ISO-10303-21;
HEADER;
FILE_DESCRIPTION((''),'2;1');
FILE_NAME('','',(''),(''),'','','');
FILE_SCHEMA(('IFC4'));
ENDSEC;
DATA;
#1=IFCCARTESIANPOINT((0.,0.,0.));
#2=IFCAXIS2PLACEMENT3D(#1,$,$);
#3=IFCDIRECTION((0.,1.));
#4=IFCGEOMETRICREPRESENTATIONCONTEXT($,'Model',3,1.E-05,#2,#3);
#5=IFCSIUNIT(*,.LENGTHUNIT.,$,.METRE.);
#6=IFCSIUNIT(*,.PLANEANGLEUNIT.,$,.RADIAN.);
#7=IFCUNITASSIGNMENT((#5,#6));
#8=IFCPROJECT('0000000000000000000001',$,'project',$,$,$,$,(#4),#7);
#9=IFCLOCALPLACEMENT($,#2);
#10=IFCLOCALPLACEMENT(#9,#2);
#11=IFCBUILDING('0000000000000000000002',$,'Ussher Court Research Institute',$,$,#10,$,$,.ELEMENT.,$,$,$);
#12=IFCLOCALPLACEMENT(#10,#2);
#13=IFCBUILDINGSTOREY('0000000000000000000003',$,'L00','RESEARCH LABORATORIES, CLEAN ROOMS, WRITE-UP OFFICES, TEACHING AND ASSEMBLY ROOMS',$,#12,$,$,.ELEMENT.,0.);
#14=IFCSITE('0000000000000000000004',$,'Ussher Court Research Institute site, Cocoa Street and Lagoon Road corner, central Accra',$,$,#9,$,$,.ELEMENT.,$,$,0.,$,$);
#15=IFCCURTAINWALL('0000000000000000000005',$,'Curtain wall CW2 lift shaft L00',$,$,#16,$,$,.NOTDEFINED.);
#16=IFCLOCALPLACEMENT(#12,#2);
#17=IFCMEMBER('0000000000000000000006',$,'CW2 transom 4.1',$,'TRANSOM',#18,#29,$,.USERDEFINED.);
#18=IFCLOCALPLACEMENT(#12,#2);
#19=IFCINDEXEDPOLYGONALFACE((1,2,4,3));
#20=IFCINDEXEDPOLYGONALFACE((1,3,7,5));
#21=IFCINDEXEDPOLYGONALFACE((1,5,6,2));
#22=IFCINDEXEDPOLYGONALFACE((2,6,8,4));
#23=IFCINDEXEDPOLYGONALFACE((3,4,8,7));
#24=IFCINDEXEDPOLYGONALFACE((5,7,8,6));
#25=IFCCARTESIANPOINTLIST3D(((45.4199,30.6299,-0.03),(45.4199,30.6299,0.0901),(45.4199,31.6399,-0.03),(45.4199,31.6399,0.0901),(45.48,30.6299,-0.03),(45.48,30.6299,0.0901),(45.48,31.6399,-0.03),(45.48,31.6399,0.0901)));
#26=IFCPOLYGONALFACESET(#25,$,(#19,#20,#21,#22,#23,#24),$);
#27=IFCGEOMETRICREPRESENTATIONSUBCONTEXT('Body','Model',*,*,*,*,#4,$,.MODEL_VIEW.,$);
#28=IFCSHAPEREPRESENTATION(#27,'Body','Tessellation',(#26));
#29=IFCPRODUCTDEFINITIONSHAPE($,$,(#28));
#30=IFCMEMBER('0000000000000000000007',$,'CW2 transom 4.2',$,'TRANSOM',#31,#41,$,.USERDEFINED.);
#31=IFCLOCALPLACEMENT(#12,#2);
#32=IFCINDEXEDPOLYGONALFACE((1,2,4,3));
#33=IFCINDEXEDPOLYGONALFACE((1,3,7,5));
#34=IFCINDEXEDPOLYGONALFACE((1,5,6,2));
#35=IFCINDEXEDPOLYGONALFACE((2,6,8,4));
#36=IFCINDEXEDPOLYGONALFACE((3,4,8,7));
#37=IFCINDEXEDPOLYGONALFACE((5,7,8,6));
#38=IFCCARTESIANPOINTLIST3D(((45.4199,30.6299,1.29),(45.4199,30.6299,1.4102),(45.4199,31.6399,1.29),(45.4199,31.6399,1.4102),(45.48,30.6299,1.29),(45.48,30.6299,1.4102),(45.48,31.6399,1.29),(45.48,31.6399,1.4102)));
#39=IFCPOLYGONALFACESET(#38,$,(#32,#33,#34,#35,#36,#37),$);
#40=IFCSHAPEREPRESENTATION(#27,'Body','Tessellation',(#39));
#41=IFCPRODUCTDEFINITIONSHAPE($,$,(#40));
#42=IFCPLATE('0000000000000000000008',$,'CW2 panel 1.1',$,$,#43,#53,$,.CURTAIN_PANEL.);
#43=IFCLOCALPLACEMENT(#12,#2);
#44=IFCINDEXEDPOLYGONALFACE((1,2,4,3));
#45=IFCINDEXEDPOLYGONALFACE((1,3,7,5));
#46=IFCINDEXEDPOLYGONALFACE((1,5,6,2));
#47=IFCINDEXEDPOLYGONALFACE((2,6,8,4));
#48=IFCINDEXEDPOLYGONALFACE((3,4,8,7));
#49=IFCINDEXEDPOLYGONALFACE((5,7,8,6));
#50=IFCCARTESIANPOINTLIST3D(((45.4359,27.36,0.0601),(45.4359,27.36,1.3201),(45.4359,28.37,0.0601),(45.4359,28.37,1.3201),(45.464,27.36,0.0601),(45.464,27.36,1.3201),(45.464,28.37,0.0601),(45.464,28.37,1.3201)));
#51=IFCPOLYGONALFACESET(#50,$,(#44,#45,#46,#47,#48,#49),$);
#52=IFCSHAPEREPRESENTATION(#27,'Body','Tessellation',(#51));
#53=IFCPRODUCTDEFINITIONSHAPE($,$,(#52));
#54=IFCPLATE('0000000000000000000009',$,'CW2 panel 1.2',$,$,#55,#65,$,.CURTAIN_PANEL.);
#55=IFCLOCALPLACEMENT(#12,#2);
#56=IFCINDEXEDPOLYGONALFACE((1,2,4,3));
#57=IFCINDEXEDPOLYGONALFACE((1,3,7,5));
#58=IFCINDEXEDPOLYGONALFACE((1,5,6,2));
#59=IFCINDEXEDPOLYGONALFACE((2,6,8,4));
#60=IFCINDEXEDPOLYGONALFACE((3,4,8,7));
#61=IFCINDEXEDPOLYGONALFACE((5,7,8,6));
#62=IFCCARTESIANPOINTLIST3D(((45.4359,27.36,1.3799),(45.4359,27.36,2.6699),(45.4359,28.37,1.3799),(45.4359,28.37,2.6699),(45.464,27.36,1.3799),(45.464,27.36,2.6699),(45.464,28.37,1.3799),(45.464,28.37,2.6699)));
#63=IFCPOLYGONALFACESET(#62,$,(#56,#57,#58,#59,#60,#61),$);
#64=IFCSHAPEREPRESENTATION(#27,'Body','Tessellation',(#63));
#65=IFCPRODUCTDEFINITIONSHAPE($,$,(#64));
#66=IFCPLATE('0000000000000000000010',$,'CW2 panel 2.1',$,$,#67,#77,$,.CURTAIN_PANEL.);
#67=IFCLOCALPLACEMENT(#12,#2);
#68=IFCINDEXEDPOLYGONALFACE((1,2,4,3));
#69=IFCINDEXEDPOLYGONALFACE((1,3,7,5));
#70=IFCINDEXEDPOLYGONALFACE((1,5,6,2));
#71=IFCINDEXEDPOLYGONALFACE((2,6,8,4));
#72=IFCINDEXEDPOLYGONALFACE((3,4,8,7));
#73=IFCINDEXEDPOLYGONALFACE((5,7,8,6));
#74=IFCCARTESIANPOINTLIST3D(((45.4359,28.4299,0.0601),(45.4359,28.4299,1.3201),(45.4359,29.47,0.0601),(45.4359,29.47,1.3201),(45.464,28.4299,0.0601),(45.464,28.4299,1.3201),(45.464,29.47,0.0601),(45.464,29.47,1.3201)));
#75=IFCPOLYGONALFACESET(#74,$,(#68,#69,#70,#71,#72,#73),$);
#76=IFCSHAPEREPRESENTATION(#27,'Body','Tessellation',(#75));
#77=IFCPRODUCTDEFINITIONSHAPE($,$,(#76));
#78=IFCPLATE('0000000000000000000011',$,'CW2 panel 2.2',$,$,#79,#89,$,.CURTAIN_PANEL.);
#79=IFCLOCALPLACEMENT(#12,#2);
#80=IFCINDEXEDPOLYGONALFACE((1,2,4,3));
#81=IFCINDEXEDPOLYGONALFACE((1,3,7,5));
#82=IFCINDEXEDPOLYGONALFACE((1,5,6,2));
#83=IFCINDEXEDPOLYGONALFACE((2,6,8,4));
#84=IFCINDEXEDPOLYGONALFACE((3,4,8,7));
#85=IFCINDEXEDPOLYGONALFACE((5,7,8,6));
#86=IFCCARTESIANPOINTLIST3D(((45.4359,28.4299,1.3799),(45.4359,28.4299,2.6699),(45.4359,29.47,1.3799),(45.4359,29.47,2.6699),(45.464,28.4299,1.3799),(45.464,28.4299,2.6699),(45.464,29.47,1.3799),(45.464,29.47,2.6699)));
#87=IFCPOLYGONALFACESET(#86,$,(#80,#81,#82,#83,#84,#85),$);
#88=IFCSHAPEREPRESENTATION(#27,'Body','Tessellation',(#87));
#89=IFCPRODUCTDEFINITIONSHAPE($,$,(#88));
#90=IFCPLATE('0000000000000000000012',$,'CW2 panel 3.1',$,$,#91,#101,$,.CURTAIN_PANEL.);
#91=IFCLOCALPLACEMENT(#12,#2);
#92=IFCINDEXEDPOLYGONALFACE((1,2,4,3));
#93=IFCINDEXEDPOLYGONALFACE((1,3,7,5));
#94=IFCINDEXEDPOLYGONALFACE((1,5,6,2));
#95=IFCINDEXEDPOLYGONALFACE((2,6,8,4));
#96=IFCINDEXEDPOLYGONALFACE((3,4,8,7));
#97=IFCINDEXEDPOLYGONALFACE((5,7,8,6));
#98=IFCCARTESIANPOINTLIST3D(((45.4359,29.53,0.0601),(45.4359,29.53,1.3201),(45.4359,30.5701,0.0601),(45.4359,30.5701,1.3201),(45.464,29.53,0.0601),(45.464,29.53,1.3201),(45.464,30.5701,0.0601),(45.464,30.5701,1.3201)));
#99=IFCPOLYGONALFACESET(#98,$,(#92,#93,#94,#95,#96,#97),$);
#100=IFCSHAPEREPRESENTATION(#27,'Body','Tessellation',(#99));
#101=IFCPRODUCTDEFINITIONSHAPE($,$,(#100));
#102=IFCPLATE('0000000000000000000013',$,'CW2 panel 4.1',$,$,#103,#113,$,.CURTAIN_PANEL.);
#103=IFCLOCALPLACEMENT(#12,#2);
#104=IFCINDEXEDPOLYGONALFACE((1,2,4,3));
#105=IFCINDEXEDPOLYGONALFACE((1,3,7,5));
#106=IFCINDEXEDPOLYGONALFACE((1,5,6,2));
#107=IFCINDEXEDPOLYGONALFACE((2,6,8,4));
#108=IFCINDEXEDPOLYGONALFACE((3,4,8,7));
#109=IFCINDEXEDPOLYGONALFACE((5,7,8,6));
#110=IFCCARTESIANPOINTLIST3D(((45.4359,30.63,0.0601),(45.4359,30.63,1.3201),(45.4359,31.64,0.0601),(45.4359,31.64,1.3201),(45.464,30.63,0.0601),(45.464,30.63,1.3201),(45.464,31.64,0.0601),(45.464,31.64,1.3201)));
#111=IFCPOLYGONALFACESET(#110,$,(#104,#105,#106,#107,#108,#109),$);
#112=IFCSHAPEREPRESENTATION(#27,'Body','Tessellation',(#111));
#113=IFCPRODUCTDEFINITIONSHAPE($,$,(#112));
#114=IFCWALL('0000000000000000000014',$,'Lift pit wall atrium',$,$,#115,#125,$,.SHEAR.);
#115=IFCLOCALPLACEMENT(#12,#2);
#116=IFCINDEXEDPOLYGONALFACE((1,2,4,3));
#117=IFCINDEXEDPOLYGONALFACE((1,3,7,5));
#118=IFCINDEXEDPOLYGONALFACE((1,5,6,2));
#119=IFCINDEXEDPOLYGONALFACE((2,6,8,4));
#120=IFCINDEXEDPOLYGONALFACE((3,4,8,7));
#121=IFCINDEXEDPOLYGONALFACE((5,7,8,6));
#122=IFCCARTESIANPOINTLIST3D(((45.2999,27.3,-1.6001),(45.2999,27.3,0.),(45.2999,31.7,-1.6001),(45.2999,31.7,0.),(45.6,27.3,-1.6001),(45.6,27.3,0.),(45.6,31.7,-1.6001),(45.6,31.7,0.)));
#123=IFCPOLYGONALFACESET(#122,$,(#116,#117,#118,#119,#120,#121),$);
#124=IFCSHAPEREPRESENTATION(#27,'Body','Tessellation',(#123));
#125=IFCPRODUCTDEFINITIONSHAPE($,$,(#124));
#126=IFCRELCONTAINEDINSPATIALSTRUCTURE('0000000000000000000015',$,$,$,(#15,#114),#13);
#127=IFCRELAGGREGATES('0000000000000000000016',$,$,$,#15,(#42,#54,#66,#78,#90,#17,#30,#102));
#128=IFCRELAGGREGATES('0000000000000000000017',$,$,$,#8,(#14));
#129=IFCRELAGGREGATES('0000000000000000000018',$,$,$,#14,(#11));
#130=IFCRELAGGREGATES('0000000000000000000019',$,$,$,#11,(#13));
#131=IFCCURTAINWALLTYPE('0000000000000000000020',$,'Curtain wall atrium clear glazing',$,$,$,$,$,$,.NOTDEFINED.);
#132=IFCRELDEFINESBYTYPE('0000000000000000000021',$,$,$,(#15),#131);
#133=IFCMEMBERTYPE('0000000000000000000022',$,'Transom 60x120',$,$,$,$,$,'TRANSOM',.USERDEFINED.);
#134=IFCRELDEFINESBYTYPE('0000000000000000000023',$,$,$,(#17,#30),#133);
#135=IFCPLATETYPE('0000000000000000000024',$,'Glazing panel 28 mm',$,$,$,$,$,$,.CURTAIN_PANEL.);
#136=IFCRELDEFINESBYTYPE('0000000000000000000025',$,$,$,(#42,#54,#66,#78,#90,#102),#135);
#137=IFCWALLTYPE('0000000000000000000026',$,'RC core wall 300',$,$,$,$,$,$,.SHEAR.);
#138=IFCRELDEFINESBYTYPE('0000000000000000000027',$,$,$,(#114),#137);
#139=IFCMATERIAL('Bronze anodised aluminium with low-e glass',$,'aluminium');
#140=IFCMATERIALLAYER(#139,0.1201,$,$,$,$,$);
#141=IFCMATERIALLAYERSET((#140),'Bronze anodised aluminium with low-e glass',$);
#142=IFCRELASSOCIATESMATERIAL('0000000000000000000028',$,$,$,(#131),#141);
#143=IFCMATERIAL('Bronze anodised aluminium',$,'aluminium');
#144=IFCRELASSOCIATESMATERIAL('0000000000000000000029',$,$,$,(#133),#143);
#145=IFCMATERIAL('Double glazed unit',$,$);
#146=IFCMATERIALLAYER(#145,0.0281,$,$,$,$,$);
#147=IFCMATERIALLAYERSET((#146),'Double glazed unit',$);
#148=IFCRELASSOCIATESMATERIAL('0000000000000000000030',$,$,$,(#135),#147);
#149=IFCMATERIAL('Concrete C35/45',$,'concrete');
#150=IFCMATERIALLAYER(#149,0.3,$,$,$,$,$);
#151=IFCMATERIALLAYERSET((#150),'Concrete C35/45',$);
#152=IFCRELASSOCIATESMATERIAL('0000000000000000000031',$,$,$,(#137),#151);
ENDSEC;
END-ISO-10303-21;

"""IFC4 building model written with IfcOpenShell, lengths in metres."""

from ifc_helpers import new_model, si_unit, direction, frame, frame_2d, origin, origin_2d, place, context, subcontext, project, spatial, rectangle, extrude, material, layer, layer_set, material_profile, profile_set, type_object, element, aggregate, save


model = new_model("IFC4")

# Units and contexts
model_context = context("Model", 3, precision=1e-05, world=origin(), true_north=direction((0.0, 1.0)))
body_context = subcontext(model_context, "Body", "Model", "MODEL_VIEW")
ifc_project = project(units=[si_unit("LENGTHUNIT", "METRE"), si_unit("PLANEANGLEUNIT", "RADIAN")], contexts=[model_context])

# Site, building, storey
site_placement = place(None, origin())
site = spatial("IfcSite", under=ifc_project, at=site_placement, Name="Ussher Court Research Institute site, Cocoa Street and Lagoon Road corner, central Accra", CompositionType="ELEMENT", RefElevation=0.0)
building_placement = place(site_placement, origin())
building = spatial("IfcBuilding", under=site, at=building_placement, Name="Ussher Court Research Institute", CompositionType="ELEMENT")
storey_placement = place(building_placement, origin())
storey = spatial("IfcBuildingStorey", under=building, at=storey_placement, Name="L00", Description="RESEARCH LABORATORIES, CLEAN ROOMS, WRITE-UP OFFICES, TEACHING AND ASSEMBLY ROOMS", CompositionType="ELEMENT", Elevation=0.0)

# Shared definitions
ifc_material_1 = material(Name="Bronze anodised aluminium with low-e glass", Category="aluminium")
ifc_layer_1 = layer(ifc_material_1, 0.1201)
ifc_layer_set_1 = layer_set([ifc_layer_1], Name="Bronze anodised aluminium with low-e glass")
curtain_wall_type = type_object("IfcCurtainWallType", Name="Curtain wall atrium clear glazing", PredefinedType="NOTDEFINED", material=ifc_layer_set_1)

# Curtain wall, members, plates
curtain_wall_1_placement = place(storey_placement, origin())
curtain_wall_1 = element("IfcCurtainWall", 1, at=curtain_wall_1_placement, inside=storey, type_object=curtain_wall_type, Name="Curtain wall CW2 lift shaft L00", PredefinedType="NOTDEFINED")
ifc_material_2 = material(Name="Bronze anodised aluminium", Category="aluminium")
ifc_material_profile_1 = material_profile(ifc_material_2, rectangle(XDim=0.0601, YDim=0.1201, at=origin_2d()), Name="Transom 60x120")
ifc_profile_set_1 = profile_set([ifc_material_profile_1], Name="Bronze anodised aluminium")
member_type_1 = type_object("IfcMemberType", Name="Transom 60x120", ElementType="TRANSOM", PredefinedType="USERDEFINED", material=ifc_profile_set_1)
member_1_placement = place(storey_placement, frame((45.45, 30.6299, 0.03), z_axis=(0.0, 1.0, 0.0), x_axis=(-1.0, 0.0, 0.0)))
member_1 = element("IfcMember", 2, at=member_1_placement, type_object=member_type_1, Name="CW2 transom 4.1", ObjectType="TRANSOM", PredefinedType="USERDEFINED", context=body_context, shape_type="SweptSolid", body=[
    extrude(rectangle(XDim=0.0601, YDim=0.1201, at=origin_2d()), origin(), (0.0, 0.0, 1.0), 1.01),
])
member_2_placement = place(storey_placement, frame((45.45, 30.6299, 1.3501), z_axis=(0.0, 1.0, 0.0), x_axis=(-1.0, 0.0, 0.0)))
member_2 = element("IfcMember", 3, at=member_2_placement, type_object=member_type_1, Name="CW2 transom 4.2", ObjectType="TRANSOM", PredefinedType="USERDEFINED", context=body_context, shape_type="SweptSolid", body=[
    extrude(rectangle(XDim=0.0601, YDim=0.1201, at=origin_2d()), origin(), (0.0, 0.0, 1.0), 1.01),
])
ifc_material_3 = material(Name="Double glazed unit")
ifc_layer_2 = layer(ifc_material_3, 0.0281)
ifc_layer_set_2 = layer_set([ifc_layer_2], Name="Double glazed unit")
plate_type = type_object("IfcPlateType", Name="Glazing panel 28 mm", PredefinedType="CURTAIN_PANEL", material=ifc_layer_set_2)
plate_1_placement = place(storey_placement, frame((45.45, 27.865, 0.0601), z_axis=(0.0, 0.0, 1.0), x_axis=(0.0, 1.0, 0.0)))
plate_1 = element("IfcPlate", 4, at=plate_1_placement, type_object=plate_type, Name="CW2 panel 1.1", PredefinedType="CURTAIN_PANEL", context=body_context, shape_type="SweptSolid", body=[
    extrude(rectangle(XDim=1.01, YDim=0.0281, at=origin_2d()), origin(), (0.0, 0.0, 1.0), 1.26),
])
plate_2_placement = place(storey_placement, frame((45.45, 27.865, 1.3799), z_axis=(0.0, 0.0, 1.0), x_axis=(0.0, 1.0, 0.0)))
plate_2 = element("IfcPlate", 5, at=plate_2_placement, type_object=plate_type, Name="CW2 panel 1.2", PredefinedType="CURTAIN_PANEL", context=body_context, shape_type="SweptSolid", body=[
    extrude(rectangle(XDim=1.01, YDim=0.0281, at=origin_2d()), origin(), (0.0, 0.0, 1.0), 1.29),
])
plate_3_placement = place(storey_placement, frame((45.45, 28.95, 0.0601), z_axis=(0.0, 0.0, 1.0), x_axis=(0.0, 1.0, 0.0)))
plate_3 = element("IfcPlate", 6, at=plate_3_placement, type_object=plate_type, Name="CW2 panel 2.1", PredefinedType="CURTAIN_PANEL", context=body_context, shape_type="SweptSolid", body=[
    extrude(rectangle(XDim=1.04, YDim=0.0281, at=origin_2d()), origin(), (0.0, 0.0, 1.0), 1.26),
])
plate_4_placement = place(storey_placement, frame((45.45, 28.95, 1.3799), z_axis=(0.0, 0.0, 1.0), x_axis=(0.0, 1.0, 0.0)))
plate_4 = element("IfcPlate", 7, at=plate_4_placement, type_object=plate_type, Name="CW2 panel 2.2", PredefinedType="CURTAIN_PANEL", context=body_context, shape_type="SweptSolid", body=[
    extrude(rectangle(XDim=1.04, YDim=0.0281, at=origin_2d()), origin(), (0.0, 0.0, 1.0), 1.29),
])
plate_5_placement = place(storey_placement, frame((45.45, 30.05, 0.0601), z_axis=(0.0, 0.0, 1.0), x_axis=(0.0, 1.0, 0.0)))
plate_5 = element("IfcPlate", 8, at=plate_5_placement, type_object=plate_type, Name="CW2 panel 3.1", PredefinedType="CURTAIN_PANEL", context=body_context, shape_type="SweptSolid", body=[
    extrude(rectangle(XDim=1.04, YDim=0.0281, at=origin_2d()), origin(), (0.0, 0.0, 1.0), 1.26),
])
plate_6_placement = place(storey_placement, frame((45.45, 31.135, 0.0601), z_axis=(0.0, 0.0, 1.0), x_axis=(0.0, 1.0, 0.0)))
plate_6 = element("IfcPlate", 9, at=plate_6_placement, type_object=plate_type, Name="CW2 panel 4.1", PredefinedType="CURTAIN_PANEL", context=body_context, shape_type="SweptSolid", body=[
    extrude(rectangle(XDim=1.01, YDim=0.0281, at=origin_2d()), origin(), (0.0, 0.0, 1.0), 1.26),
])
aggregate(curtain_wall_1, [plate_1, plate_2, plate_3, plate_4, plate_5, member_1, member_2, plate_6])

# Wall
ifc_material_4 = material(Name="Concrete C35/45", Category="concrete")
ifc_layer_3 = layer(ifc_material_4, 0.3)
ifc_layer_set_3 = layer_set([ifc_layer_3], Name="Concrete C35/45")
wall_type = type_object("IfcWallType", Name="RC core wall 300", PredefinedType="SHEAR", material=ifc_layer_set_3)
wall_placement = place(storey_placement, frame((45.45, 27.3, -1.6001), z_axis=(0.0, 0.0, 1.0), x_axis=(0.0, 1.0, 0.0)))
element("IfcWall", 10, at=wall_placement, inside=storey, type_object=wall_type, Name="Lift pit wall atrium", PredefinedType="SHEAR", context=body_context, shape_type="SweptSolid", body=[
    extrude(rectangle(XDim=4.3999, YDim=0.3, at=frame_2d((2.2, 0.0))), origin(), (0.0, 0.0, 1.0), 1.6001),
])

save(model, "model.ifc")
